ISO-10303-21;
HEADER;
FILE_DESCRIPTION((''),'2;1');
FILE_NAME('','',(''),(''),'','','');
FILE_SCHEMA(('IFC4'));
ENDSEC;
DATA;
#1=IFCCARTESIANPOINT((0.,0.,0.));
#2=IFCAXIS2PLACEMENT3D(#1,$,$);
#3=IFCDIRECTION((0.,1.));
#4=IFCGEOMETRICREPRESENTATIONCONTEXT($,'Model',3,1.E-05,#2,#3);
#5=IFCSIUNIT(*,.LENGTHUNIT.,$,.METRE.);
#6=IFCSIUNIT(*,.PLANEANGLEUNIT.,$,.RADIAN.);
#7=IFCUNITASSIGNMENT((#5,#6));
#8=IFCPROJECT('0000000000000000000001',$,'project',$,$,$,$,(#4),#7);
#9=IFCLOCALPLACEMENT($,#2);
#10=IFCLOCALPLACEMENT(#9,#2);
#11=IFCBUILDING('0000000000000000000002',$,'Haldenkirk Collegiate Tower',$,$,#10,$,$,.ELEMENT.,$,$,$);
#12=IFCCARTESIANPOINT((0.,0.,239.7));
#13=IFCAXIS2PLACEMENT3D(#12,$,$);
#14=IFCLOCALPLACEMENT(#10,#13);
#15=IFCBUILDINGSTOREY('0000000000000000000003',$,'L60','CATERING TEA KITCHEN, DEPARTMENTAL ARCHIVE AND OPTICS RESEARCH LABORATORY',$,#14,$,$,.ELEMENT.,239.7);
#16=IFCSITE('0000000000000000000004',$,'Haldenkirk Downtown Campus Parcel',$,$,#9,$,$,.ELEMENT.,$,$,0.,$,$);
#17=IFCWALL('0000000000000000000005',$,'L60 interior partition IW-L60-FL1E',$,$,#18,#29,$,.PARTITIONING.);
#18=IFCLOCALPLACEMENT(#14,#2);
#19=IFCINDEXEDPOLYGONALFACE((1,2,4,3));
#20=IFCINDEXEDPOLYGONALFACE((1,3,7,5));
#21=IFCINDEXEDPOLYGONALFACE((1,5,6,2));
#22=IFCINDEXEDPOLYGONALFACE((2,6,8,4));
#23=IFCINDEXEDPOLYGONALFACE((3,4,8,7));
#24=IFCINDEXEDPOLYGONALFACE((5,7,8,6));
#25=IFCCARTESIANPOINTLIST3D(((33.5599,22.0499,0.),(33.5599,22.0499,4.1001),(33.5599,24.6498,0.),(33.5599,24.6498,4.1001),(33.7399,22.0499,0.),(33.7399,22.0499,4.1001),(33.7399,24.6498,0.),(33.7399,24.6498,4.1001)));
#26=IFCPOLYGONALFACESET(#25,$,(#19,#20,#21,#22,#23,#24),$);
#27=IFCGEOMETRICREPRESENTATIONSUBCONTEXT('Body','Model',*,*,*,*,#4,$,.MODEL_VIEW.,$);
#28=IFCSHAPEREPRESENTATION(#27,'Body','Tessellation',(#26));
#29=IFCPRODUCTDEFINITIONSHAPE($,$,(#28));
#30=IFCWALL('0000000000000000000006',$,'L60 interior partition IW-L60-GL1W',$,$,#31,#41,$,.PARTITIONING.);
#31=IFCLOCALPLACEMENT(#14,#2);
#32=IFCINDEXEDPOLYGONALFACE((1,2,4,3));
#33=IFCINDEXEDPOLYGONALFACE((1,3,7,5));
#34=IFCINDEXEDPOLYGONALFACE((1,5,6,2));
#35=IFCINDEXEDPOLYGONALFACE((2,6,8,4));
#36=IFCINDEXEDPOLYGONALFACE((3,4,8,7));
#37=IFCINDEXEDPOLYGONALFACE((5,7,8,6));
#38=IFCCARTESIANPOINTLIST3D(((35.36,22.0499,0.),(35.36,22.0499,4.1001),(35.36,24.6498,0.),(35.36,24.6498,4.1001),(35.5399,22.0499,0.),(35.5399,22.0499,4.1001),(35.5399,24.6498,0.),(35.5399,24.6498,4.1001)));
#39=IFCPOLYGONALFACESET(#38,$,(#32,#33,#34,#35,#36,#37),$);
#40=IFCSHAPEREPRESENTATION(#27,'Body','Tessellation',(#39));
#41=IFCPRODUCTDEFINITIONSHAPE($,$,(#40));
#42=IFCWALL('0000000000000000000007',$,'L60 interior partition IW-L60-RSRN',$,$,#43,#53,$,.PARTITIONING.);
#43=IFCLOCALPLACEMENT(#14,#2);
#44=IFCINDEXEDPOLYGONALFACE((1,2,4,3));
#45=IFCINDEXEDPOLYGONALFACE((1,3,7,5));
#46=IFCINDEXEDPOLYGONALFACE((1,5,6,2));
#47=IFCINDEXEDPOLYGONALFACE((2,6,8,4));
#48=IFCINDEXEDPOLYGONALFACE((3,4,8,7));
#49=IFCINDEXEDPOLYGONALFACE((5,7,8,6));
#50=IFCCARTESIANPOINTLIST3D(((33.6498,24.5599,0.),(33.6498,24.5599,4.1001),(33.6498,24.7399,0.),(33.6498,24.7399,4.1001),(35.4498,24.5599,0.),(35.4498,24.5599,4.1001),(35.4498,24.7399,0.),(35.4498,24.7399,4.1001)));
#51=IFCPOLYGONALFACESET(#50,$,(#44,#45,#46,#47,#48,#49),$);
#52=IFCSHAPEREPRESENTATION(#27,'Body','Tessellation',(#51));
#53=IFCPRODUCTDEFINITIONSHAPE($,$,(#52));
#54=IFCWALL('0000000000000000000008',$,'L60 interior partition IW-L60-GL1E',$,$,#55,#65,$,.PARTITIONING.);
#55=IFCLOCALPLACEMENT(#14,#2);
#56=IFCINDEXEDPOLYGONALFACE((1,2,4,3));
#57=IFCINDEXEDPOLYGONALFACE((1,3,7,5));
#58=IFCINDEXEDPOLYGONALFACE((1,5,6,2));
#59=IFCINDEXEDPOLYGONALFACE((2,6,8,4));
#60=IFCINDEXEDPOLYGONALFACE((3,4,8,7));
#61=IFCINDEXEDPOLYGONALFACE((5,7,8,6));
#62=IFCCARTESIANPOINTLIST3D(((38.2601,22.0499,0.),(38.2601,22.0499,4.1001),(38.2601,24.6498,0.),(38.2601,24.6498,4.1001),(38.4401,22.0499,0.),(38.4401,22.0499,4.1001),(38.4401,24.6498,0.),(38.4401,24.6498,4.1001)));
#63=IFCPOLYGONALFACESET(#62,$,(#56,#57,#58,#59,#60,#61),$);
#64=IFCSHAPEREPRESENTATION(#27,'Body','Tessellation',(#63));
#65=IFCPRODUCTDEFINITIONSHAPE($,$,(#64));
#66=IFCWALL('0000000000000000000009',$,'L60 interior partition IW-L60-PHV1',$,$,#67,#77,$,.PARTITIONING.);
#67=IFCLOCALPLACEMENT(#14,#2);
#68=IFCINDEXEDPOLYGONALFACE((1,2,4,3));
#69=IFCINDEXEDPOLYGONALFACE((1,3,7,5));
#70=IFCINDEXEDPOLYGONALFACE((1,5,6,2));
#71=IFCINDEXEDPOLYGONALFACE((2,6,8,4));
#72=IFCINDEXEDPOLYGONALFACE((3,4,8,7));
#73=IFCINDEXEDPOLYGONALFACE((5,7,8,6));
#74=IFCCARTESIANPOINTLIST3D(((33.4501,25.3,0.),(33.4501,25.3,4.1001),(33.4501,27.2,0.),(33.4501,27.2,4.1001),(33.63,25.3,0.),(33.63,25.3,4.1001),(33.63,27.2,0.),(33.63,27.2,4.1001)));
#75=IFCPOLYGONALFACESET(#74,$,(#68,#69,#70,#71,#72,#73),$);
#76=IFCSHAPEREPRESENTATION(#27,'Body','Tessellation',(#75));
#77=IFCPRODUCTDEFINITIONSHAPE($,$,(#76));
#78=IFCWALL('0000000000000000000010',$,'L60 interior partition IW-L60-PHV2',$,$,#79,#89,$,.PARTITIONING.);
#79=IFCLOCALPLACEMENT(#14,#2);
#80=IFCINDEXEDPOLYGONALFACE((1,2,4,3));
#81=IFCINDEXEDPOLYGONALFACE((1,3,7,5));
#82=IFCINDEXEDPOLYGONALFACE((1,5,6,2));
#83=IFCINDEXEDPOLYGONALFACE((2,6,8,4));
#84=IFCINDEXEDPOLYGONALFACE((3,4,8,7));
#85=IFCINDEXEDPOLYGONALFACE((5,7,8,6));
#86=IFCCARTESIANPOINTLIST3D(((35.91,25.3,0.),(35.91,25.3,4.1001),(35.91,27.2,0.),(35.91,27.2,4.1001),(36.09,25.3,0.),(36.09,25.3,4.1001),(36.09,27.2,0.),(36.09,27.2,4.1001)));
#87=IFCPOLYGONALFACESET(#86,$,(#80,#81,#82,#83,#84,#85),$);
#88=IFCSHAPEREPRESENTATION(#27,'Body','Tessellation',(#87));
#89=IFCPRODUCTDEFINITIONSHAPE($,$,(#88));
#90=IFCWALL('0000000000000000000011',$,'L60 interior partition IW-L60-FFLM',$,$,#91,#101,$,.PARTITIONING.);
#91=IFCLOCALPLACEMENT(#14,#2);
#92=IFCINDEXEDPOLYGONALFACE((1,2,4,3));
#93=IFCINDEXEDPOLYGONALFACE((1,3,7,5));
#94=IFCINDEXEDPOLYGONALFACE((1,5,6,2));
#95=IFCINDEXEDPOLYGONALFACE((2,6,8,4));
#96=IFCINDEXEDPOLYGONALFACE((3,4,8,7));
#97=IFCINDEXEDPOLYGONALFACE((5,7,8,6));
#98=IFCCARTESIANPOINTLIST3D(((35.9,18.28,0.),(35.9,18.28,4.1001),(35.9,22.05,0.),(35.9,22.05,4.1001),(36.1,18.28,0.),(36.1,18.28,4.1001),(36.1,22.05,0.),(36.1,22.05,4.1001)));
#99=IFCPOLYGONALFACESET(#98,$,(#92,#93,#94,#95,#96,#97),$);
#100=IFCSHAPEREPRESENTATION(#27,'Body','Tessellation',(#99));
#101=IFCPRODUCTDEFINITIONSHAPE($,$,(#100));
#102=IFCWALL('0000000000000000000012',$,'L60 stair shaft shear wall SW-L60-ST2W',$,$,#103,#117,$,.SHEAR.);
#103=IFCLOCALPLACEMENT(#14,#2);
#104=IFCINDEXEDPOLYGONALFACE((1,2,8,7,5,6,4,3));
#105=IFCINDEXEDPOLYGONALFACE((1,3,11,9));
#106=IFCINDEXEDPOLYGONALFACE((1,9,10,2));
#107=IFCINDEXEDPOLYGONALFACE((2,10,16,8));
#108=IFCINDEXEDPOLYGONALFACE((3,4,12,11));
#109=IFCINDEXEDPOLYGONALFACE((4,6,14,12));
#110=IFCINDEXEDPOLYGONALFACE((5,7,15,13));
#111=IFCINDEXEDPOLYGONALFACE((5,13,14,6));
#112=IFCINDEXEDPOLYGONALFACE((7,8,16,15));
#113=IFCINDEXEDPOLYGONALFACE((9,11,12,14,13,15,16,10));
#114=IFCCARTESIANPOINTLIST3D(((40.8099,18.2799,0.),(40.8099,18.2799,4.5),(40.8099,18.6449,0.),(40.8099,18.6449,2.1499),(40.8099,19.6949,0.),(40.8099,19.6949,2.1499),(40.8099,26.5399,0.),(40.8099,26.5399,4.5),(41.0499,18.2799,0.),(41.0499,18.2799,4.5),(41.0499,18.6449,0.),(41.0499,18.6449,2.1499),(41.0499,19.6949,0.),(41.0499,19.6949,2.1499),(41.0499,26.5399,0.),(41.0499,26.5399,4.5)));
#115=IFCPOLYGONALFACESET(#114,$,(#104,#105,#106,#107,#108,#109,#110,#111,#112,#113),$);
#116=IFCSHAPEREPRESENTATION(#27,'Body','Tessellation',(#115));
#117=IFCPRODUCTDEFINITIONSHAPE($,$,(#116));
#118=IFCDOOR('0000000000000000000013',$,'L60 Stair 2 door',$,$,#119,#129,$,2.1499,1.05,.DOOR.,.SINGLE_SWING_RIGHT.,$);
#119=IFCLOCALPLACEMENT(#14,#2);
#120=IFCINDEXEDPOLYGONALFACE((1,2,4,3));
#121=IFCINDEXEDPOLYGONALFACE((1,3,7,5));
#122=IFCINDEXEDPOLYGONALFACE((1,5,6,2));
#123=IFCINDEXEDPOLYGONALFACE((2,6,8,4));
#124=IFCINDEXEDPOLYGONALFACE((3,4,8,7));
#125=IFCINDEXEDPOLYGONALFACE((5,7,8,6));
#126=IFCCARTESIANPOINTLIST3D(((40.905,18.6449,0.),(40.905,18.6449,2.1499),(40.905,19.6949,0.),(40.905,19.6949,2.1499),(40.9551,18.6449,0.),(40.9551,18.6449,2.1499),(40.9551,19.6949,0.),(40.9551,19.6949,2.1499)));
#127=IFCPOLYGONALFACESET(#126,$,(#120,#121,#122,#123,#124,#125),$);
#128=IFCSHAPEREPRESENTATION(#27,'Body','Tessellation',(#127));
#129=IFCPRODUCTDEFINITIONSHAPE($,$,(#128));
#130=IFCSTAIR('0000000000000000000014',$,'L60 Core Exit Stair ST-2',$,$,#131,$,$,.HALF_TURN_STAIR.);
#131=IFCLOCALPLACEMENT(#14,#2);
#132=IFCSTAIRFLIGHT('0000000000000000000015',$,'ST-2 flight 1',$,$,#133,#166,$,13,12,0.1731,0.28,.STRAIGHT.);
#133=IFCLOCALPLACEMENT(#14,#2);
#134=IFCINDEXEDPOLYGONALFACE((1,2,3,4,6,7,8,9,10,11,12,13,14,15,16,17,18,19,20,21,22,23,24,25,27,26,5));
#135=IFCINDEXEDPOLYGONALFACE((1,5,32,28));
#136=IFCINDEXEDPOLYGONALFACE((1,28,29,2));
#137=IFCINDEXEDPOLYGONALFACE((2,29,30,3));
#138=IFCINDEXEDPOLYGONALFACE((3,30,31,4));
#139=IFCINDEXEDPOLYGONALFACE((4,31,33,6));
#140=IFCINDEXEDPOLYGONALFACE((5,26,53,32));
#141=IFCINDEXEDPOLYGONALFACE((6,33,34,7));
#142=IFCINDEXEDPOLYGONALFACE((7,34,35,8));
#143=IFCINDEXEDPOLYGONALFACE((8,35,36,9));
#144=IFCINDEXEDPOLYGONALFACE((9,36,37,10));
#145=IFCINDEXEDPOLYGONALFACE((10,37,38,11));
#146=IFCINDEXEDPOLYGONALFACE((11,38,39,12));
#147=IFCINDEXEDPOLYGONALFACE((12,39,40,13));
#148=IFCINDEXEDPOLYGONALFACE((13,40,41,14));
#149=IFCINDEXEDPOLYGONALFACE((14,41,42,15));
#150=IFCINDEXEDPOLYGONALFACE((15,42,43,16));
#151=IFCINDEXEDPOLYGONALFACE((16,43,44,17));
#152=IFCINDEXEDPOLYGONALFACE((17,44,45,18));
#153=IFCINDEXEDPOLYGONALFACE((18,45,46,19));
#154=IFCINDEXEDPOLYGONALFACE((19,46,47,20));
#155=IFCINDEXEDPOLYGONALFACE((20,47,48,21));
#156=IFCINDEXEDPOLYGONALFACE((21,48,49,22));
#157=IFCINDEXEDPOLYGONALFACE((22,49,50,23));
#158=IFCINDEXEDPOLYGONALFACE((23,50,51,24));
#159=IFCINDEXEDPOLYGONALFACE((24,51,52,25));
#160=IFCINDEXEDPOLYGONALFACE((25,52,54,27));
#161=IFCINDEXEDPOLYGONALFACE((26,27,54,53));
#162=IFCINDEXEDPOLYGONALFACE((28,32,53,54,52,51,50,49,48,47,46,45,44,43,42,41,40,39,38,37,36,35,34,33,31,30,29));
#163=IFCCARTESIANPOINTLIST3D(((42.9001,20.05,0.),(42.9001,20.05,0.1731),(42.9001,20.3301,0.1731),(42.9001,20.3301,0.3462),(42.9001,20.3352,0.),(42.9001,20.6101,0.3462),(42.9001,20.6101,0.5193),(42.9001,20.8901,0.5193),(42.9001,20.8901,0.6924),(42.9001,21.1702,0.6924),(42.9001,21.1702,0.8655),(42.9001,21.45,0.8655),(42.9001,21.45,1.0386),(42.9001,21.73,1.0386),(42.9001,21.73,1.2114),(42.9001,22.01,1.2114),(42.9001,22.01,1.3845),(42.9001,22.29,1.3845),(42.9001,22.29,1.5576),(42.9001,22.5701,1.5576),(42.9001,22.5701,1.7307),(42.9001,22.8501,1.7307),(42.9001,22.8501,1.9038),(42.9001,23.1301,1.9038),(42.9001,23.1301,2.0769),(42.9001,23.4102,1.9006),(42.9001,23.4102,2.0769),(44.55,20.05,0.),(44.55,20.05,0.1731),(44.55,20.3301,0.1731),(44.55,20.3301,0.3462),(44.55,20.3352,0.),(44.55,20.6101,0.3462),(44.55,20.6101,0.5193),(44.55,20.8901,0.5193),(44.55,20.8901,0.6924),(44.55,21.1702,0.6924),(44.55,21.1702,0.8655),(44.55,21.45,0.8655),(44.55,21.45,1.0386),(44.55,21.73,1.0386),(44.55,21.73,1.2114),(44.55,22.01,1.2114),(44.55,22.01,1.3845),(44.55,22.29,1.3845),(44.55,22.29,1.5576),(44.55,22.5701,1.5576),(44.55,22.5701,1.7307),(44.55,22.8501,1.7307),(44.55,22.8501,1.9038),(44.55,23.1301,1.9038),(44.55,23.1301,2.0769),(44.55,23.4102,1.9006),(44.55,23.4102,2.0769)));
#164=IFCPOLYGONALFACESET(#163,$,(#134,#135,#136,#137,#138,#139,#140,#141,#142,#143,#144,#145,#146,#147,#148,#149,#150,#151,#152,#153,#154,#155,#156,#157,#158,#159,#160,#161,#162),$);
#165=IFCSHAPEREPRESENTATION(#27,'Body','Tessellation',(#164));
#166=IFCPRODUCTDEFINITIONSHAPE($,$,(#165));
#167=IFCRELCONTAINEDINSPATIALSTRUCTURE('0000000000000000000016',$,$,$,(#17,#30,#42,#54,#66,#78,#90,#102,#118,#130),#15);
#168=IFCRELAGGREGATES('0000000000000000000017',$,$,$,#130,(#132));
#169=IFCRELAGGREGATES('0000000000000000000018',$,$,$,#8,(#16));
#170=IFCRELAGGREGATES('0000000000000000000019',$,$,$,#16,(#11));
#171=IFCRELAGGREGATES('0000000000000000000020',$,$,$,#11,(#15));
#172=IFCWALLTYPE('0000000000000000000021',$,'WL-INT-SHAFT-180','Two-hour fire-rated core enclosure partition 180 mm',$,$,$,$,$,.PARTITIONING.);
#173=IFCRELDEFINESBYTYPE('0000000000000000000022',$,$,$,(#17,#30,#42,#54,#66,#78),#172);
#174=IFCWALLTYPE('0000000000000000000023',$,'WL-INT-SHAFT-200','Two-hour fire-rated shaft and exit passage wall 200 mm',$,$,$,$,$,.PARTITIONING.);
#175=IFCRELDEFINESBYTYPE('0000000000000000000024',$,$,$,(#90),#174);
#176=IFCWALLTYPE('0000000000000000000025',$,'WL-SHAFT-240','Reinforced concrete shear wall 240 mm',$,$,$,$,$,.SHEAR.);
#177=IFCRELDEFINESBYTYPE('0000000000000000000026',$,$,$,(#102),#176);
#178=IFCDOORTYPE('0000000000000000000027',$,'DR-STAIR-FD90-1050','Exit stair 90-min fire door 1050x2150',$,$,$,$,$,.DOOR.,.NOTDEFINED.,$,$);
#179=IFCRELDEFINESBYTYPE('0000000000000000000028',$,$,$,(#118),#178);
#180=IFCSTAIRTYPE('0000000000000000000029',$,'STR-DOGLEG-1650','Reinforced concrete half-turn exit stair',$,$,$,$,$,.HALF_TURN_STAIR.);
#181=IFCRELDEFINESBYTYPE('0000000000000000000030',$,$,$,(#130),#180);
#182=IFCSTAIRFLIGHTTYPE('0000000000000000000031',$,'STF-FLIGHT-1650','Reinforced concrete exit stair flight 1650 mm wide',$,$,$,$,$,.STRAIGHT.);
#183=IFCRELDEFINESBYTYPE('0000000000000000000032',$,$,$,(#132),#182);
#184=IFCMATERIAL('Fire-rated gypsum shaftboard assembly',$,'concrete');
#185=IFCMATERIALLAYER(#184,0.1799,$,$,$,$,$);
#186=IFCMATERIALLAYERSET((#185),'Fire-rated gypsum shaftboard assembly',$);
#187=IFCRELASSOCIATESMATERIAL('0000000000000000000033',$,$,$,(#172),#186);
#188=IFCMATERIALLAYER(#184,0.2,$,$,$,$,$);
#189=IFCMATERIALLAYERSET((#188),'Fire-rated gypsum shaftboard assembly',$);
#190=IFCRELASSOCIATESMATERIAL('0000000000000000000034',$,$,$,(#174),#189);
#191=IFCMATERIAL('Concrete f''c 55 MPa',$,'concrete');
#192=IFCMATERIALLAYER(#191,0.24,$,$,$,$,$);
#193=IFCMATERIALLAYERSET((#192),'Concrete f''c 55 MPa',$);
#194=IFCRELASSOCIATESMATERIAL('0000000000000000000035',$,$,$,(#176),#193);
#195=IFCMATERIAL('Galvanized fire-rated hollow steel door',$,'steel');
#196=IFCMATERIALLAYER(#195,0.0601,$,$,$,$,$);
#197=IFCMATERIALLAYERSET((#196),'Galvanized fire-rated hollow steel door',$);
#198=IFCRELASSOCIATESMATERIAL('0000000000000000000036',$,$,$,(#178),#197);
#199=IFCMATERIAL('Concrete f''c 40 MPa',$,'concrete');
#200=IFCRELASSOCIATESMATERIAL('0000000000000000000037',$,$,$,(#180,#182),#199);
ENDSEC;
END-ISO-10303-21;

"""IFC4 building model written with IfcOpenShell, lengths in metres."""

from ifc_helpers import new_model, si_unit, direction, frame, frame_2d, origin, place, context, subcontext, project, spatial, polyline, rectangle, outline, extrude, material, layer, layer_set, type_object, element, fill, aggregate, save


model = new_model("IFC4")

# Units and contexts
model_context = context("Model", 3, precision=1e-05, world=origin(), true_north=direction((0.0, 1.0)))
body_context = subcontext(model_context, "Body", "Model", "MODEL_VIEW")
ifc_project = project(units=[si_unit("LENGTHUNIT", "METRE"), si_unit("PLANEANGLEUNIT", "RADIAN")], contexts=[model_context])

# Site, building, storey
site_placement = place(None, origin())
site = spatial("IfcSite", under=ifc_project, at=site_placement, Name="Haldenkirk Downtown Campus Parcel", CompositionType="ELEMENT", RefElevation=0.0)
building_placement = place(site_placement, origin())
building = spatial("IfcBuilding", under=site, at=building_placement, Name="Haldenkirk Collegiate Tower", CompositionType="ELEMENT")
storey_placement = place(building_placement, frame((0.0, 0.0, 239.7)))
storey = spatial("IfcBuildingStorey", under=building, at=storey_placement, Name="L60", Description="CATERING TEA KITCHEN, DEPARTMENTAL ARCHIVE AND OPTICS RESEARCH LABORATORY", CompositionType="ELEMENT", Elevation=239.7)

# Walls
ifc_material_1 = material(Name="Fire-rated gypsum shaftboard assembly", Category="concrete")
ifc_layer_1 = layer(ifc_material_1, 0.1799)
ifc_layer_set_1 = layer_set([ifc_layer_1], Name="Fire-rated gypsum shaftboard assembly")
wall_type_1 = type_object("IfcWallType", Name="WL-INT-SHAFT-180", Description="Two-hour fire-rated core enclosure partition 180 mm", PredefinedType="PARTITIONING", material=ifc_layer_set_1)
for number, where, z_axis, x_axis, name in (
    (1, (33.6499, 22.05, 0.0), (0.0, 0.0, 1.0), (0.0, 1.0, 0.0), "L60 interior partition IW-L60-FL1E"),
    (2, (35.45, 22.05, 0.0), (0.0, 0.0, 1.0), (0.0, 1.0, 0.0), "L60 interior partition IW-L60-GL1W"),
):
    element("IfcWall", number, at=place(storey_placement, frame(where, z_axis=z_axis, x_axis=x_axis)), inside=storey, type_object=wall_type_1, Name=name, PredefinedType="PARTITIONING", context=body_context, shape_type="SweptSolid", body=[
        extrude(rectangle(XDim=2.5999, YDim=0.1799, at=frame_2d((1.2998, 0.0))), origin(), (0.0, 0.0, 1.0), 4.1001),
    ])
wall_1_placement = place(storey_placement, frame((33.6499, 24.6499, 0.0), z_axis=(0.0, 0.0, 1.0), x_axis=(1.0, 0.0, 0.0)))
element("IfcWall", 3, at=wall_1_placement, inside=storey, type_object=wall_type_1, Name="L60 interior partition IW-L60-RSRN", PredefinedType="PARTITIONING", context=body_context, shape_type="SweptSolid", body=[
    extrude(rectangle(XDim=1.8, YDim=0.1799, at=frame_2d((0.8999, 0.0))), origin(), (0.0, 0.0, 1.0), 4.1001),
])
wall_2_placement = place(storey_placement, frame((38.3501, 22.05, 0.0), z_axis=(0.0, 0.0, 1.0), x_axis=(0.0, 1.0, 0.0)))
element("IfcWall", 4, at=wall_2_placement, inside=storey, type_object=wall_type_1, Name="L60 interior partition IW-L60-GL1E", PredefinedType="PARTITIONING", context=body_context, shape_type="SweptSolid", body=[
    extrude(rectangle(XDim=2.5999, YDim=0.1799, at=frame_2d((1.2998, 0.0))), origin(), (0.0, 0.0, 1.0), 4.1001),
])
for number, where, z_axis, x_axis, name in (
    (5, (33.54, 25.3, 0.0), (0.0, 0.0, 1.0), (0.0, 1.0, 0.0), "L60 interior partition IW-L60-PHV1"),
    (6, (36.0, 25.3, 0.0), (0.0, 0.0, 1.0), (0.0, 1.0, 0.0), "L60 interior partition IW-L60-PHV2"),
):
    element("IfcWall", number, at=place(storey_placement, frame(where, z_axis=z_axis, x_axis=x_axis)), inside=storey, type_object=wall_type_1, Name=name, PredefinedType="PARTITIONING", context=body_context, shape_type="SweptSolid", body=[
        extrude(rectangle(XDim=1.8999, YDim=0.1799, at=frame_2d((0.95, 0.0))), origin(), (0.0, 0.0, 1.0), 4.1001),
    ])
ifc_layer_2 = layer(ifc_material_1, 0.2)
ifc_layer_set_2 = layer_set([ifc_layer_2], Name="Fire-rated gypsum shaftboard assembly")
wall_type_2 = type_object("IfcWallType", Name="WL-INT-SHAFT-200", Description="Two-hour fire-rated shaft and exit passage wall 200 mm", PredefinedType="PARTITIONING", material=ifc_layer_set_2)
wall_3_placement = place(storey_placement, frame((36.0, 18.28, 0.0), z_axis=(0.0, 0.0, 1.0), x_axis=(0.0, 1.0, 0.0)))
element("IfcWall", 7, at=wall_3_placement, inside=storey, type_object=wall_type_2, Name="L60 interior partition IW-L60-FFLM", PredefinedType="PARTITIONING", context=body_context, shape_type="SweptSolid", body=[
    extrude(rectangle(XDim=3.77, YDim=0.2, at=frame_2d((1.885, 0.0))), origin(), (0.0, 0.0, 1.0), 4.1001),
])

# Wall, opening, door
ifc_material_2 = material(Name="Concrete f'c 55 MPa", Category="concrete")
ifc_layer_3 = layer(ifc_material_2, 0.24)
ifc_layer_set_3 = layer_set([ifc_layer_3], Name="Concrete f'c 55 MPa")
wall_type_3 = type_object("IfcWallType", Name="WL-SHAFT-240", Description="Reinforced concrete shear wall 240 mm", PredefinedType="SHEAR", material=ifc_layer_set_3)
wall_4_placement = place(storey_placement, frame((40.9299, 18.28, 0.0), z_axis=(0.0, 0.0, 1.0), x_axis=(0.0, 1.0, 0.0)))
wall_4 = element("IfcWall", 8, at=wall_4_placement, inside=storey, type_object=wall_type_3, Name="L60 stair shaft shear wall SW-L60-ST2W", PredefinedType="SHEAR", context=body_context, shape_type="SweptSolid", body=[
    extrude(rectangle(XDim=8.26, YDim=0.24, at=frame_2d((4.1299, 0.0))), origin(), (0.0, 0.0, 1.0), 4.5),
])
opening_1_placement = place(wall_4_placement, frame((0.365, 0.0, 0.0)))
opening_1 = element("IfcOpeningElement", 9, at=opening_1_placement, cuts=wall_4, PredefinedType="OPENING", context=body_context, shape_type="SweptSolid", body=[
    extrude(rectangle(XDim=1.05, YDim=2.1499, at=frame_2d((0.5249, 1.075))), frame((0.0, 0.1299, 0.0), z_axis=(0.0, -1.0, 0.0), x_axis=(1.0, 0.0, 0.0)), (0.0, 0.0, 1.0), 0.26),
])
ifc_material_3 = material(Name="Galvanized fire-rated hollow steel door", Category="steel")
ifc_layer_4 = layer(ifc_material_3, 0.0601)
ifc_layer_set_4 = layer_set([ifc_layer_4], Name="Galvanized fire-rated hollow steel door")
door_type_1 = type_object("IfcDoorType", Name="DR-STAIR-FD90-1050", Description="Exit stair 90-min fire door 1050x2150", OperationType="NOTDEFINED", PredefinedType="DOOR", material=ifc_layer_set_4)
door_1_placement = place(opening_1_placement, origin())
door_1 = element("IfcDoor", 10, at=door_1_placement, inside=storey, type_object=door_type_1, Name="L60 Stair 2 door", OperationType="SINGLE_SWING_RIGHT", OverallHeight=2.1499, OverallWidth=1.05, PredefinedType="DOOR", context=body_context, shape_type="SweptSolid", body=[
    extrude(rectangle(XDim=1.05, YDim=2.1499, at=frame_2d((0.5249, 1.075))), frame((0.0, 0.0249, 0.0), z_axis=(0.0, -1.0, 0.0), x_axis=(1.0, 0.0, 0.0)), (0.0, 0.0, 1.0), 0.05),
])
fill(opening_1, door_1)

# Stair, stair flight
ifc_material_4 = material(Name="Concrete f'c 40 MPa", Category="concrete")
stair_type = type_object("IfcStairType", Name="STR-DOGLEG-1650", Description="Reinforced concrete half-turn exit stair", PredefinedType="HALF_TURN_STAIR", material=ifc_material_4)
stair_placement = place(storey_placement, origin())
stair = element("IfcStair", 11, at=stair_placement, inside=storey, type_object=stair_type, Name="L60 Core Exit Stair ST-2", PredefinedType="HALF_TURN_STAIR")
stair_flight_type = type_object("IfcStairFlightType", Name="STF-FLIGHT-1650", Description="Reinforced concrete exit stair flight 1650 mm wide", PredefinedType="STRAIGHT", material=ifc_material_4)
stair_flight_1_placement = place(storey_placement, frame((43.7251, 20.05, 0.0), z_axis=(0.0, 0.0, 1.0), x_axis=(0.0, 1.0, 0.0)))
stair_flight_1 = element("IfcStairFlight", 12, at=stair_flight_1_placement, type_object=stair_flight_type, Name="ST-2 flight 1", NumberOfRisers=13, NumberOfTreads=12, PredefinedType="STRAIGHT", RiserHeight=0.1731, TreadLength=0.28, context=body_context, shape_type="SweptSolid", body=[
    extrude(outline(polyline([(0.0, 0.0), (0.0, 0.1731), (0.28, 0.1731), (0.28, 0.3462), (0.5601, 0.3462), (0.5601, 0.5193), (0.8401, 0.5193), (0.8401, 0.6924), (1.1201, 0.6924), (1.1201, 0.8655), (1.3999, 0.8655), (1.3999, 1.0386), (1.6799, 1.0386), (1.6799, 1.2114), (1.96, 1.2114), (1.96, 1.3845), (2.24, 1.3845), (2.24, 1.5576), (2.52, 1.5576), (2.52, 1.7307), (2.8, 1.7307), (2.8, 1.9038), (3.0801, 1.9038), (3.0801, 2.0769), (3.3601, 2.0769), (3.3601, 2.25), (3.3601, 1.9006), (0.2852, 0.0), (0.0, 0.0)])), frame((0.0, 0.825, 0.0), z_axis=(0.0, -1.0, 0.0), x_axis=(1.0, 0.0, 0.0)), (0.0, 0.0, 1.0), 1.6499),
])
aggregate(stair, [stair_flight_1])

save(model, "model.ifc")
